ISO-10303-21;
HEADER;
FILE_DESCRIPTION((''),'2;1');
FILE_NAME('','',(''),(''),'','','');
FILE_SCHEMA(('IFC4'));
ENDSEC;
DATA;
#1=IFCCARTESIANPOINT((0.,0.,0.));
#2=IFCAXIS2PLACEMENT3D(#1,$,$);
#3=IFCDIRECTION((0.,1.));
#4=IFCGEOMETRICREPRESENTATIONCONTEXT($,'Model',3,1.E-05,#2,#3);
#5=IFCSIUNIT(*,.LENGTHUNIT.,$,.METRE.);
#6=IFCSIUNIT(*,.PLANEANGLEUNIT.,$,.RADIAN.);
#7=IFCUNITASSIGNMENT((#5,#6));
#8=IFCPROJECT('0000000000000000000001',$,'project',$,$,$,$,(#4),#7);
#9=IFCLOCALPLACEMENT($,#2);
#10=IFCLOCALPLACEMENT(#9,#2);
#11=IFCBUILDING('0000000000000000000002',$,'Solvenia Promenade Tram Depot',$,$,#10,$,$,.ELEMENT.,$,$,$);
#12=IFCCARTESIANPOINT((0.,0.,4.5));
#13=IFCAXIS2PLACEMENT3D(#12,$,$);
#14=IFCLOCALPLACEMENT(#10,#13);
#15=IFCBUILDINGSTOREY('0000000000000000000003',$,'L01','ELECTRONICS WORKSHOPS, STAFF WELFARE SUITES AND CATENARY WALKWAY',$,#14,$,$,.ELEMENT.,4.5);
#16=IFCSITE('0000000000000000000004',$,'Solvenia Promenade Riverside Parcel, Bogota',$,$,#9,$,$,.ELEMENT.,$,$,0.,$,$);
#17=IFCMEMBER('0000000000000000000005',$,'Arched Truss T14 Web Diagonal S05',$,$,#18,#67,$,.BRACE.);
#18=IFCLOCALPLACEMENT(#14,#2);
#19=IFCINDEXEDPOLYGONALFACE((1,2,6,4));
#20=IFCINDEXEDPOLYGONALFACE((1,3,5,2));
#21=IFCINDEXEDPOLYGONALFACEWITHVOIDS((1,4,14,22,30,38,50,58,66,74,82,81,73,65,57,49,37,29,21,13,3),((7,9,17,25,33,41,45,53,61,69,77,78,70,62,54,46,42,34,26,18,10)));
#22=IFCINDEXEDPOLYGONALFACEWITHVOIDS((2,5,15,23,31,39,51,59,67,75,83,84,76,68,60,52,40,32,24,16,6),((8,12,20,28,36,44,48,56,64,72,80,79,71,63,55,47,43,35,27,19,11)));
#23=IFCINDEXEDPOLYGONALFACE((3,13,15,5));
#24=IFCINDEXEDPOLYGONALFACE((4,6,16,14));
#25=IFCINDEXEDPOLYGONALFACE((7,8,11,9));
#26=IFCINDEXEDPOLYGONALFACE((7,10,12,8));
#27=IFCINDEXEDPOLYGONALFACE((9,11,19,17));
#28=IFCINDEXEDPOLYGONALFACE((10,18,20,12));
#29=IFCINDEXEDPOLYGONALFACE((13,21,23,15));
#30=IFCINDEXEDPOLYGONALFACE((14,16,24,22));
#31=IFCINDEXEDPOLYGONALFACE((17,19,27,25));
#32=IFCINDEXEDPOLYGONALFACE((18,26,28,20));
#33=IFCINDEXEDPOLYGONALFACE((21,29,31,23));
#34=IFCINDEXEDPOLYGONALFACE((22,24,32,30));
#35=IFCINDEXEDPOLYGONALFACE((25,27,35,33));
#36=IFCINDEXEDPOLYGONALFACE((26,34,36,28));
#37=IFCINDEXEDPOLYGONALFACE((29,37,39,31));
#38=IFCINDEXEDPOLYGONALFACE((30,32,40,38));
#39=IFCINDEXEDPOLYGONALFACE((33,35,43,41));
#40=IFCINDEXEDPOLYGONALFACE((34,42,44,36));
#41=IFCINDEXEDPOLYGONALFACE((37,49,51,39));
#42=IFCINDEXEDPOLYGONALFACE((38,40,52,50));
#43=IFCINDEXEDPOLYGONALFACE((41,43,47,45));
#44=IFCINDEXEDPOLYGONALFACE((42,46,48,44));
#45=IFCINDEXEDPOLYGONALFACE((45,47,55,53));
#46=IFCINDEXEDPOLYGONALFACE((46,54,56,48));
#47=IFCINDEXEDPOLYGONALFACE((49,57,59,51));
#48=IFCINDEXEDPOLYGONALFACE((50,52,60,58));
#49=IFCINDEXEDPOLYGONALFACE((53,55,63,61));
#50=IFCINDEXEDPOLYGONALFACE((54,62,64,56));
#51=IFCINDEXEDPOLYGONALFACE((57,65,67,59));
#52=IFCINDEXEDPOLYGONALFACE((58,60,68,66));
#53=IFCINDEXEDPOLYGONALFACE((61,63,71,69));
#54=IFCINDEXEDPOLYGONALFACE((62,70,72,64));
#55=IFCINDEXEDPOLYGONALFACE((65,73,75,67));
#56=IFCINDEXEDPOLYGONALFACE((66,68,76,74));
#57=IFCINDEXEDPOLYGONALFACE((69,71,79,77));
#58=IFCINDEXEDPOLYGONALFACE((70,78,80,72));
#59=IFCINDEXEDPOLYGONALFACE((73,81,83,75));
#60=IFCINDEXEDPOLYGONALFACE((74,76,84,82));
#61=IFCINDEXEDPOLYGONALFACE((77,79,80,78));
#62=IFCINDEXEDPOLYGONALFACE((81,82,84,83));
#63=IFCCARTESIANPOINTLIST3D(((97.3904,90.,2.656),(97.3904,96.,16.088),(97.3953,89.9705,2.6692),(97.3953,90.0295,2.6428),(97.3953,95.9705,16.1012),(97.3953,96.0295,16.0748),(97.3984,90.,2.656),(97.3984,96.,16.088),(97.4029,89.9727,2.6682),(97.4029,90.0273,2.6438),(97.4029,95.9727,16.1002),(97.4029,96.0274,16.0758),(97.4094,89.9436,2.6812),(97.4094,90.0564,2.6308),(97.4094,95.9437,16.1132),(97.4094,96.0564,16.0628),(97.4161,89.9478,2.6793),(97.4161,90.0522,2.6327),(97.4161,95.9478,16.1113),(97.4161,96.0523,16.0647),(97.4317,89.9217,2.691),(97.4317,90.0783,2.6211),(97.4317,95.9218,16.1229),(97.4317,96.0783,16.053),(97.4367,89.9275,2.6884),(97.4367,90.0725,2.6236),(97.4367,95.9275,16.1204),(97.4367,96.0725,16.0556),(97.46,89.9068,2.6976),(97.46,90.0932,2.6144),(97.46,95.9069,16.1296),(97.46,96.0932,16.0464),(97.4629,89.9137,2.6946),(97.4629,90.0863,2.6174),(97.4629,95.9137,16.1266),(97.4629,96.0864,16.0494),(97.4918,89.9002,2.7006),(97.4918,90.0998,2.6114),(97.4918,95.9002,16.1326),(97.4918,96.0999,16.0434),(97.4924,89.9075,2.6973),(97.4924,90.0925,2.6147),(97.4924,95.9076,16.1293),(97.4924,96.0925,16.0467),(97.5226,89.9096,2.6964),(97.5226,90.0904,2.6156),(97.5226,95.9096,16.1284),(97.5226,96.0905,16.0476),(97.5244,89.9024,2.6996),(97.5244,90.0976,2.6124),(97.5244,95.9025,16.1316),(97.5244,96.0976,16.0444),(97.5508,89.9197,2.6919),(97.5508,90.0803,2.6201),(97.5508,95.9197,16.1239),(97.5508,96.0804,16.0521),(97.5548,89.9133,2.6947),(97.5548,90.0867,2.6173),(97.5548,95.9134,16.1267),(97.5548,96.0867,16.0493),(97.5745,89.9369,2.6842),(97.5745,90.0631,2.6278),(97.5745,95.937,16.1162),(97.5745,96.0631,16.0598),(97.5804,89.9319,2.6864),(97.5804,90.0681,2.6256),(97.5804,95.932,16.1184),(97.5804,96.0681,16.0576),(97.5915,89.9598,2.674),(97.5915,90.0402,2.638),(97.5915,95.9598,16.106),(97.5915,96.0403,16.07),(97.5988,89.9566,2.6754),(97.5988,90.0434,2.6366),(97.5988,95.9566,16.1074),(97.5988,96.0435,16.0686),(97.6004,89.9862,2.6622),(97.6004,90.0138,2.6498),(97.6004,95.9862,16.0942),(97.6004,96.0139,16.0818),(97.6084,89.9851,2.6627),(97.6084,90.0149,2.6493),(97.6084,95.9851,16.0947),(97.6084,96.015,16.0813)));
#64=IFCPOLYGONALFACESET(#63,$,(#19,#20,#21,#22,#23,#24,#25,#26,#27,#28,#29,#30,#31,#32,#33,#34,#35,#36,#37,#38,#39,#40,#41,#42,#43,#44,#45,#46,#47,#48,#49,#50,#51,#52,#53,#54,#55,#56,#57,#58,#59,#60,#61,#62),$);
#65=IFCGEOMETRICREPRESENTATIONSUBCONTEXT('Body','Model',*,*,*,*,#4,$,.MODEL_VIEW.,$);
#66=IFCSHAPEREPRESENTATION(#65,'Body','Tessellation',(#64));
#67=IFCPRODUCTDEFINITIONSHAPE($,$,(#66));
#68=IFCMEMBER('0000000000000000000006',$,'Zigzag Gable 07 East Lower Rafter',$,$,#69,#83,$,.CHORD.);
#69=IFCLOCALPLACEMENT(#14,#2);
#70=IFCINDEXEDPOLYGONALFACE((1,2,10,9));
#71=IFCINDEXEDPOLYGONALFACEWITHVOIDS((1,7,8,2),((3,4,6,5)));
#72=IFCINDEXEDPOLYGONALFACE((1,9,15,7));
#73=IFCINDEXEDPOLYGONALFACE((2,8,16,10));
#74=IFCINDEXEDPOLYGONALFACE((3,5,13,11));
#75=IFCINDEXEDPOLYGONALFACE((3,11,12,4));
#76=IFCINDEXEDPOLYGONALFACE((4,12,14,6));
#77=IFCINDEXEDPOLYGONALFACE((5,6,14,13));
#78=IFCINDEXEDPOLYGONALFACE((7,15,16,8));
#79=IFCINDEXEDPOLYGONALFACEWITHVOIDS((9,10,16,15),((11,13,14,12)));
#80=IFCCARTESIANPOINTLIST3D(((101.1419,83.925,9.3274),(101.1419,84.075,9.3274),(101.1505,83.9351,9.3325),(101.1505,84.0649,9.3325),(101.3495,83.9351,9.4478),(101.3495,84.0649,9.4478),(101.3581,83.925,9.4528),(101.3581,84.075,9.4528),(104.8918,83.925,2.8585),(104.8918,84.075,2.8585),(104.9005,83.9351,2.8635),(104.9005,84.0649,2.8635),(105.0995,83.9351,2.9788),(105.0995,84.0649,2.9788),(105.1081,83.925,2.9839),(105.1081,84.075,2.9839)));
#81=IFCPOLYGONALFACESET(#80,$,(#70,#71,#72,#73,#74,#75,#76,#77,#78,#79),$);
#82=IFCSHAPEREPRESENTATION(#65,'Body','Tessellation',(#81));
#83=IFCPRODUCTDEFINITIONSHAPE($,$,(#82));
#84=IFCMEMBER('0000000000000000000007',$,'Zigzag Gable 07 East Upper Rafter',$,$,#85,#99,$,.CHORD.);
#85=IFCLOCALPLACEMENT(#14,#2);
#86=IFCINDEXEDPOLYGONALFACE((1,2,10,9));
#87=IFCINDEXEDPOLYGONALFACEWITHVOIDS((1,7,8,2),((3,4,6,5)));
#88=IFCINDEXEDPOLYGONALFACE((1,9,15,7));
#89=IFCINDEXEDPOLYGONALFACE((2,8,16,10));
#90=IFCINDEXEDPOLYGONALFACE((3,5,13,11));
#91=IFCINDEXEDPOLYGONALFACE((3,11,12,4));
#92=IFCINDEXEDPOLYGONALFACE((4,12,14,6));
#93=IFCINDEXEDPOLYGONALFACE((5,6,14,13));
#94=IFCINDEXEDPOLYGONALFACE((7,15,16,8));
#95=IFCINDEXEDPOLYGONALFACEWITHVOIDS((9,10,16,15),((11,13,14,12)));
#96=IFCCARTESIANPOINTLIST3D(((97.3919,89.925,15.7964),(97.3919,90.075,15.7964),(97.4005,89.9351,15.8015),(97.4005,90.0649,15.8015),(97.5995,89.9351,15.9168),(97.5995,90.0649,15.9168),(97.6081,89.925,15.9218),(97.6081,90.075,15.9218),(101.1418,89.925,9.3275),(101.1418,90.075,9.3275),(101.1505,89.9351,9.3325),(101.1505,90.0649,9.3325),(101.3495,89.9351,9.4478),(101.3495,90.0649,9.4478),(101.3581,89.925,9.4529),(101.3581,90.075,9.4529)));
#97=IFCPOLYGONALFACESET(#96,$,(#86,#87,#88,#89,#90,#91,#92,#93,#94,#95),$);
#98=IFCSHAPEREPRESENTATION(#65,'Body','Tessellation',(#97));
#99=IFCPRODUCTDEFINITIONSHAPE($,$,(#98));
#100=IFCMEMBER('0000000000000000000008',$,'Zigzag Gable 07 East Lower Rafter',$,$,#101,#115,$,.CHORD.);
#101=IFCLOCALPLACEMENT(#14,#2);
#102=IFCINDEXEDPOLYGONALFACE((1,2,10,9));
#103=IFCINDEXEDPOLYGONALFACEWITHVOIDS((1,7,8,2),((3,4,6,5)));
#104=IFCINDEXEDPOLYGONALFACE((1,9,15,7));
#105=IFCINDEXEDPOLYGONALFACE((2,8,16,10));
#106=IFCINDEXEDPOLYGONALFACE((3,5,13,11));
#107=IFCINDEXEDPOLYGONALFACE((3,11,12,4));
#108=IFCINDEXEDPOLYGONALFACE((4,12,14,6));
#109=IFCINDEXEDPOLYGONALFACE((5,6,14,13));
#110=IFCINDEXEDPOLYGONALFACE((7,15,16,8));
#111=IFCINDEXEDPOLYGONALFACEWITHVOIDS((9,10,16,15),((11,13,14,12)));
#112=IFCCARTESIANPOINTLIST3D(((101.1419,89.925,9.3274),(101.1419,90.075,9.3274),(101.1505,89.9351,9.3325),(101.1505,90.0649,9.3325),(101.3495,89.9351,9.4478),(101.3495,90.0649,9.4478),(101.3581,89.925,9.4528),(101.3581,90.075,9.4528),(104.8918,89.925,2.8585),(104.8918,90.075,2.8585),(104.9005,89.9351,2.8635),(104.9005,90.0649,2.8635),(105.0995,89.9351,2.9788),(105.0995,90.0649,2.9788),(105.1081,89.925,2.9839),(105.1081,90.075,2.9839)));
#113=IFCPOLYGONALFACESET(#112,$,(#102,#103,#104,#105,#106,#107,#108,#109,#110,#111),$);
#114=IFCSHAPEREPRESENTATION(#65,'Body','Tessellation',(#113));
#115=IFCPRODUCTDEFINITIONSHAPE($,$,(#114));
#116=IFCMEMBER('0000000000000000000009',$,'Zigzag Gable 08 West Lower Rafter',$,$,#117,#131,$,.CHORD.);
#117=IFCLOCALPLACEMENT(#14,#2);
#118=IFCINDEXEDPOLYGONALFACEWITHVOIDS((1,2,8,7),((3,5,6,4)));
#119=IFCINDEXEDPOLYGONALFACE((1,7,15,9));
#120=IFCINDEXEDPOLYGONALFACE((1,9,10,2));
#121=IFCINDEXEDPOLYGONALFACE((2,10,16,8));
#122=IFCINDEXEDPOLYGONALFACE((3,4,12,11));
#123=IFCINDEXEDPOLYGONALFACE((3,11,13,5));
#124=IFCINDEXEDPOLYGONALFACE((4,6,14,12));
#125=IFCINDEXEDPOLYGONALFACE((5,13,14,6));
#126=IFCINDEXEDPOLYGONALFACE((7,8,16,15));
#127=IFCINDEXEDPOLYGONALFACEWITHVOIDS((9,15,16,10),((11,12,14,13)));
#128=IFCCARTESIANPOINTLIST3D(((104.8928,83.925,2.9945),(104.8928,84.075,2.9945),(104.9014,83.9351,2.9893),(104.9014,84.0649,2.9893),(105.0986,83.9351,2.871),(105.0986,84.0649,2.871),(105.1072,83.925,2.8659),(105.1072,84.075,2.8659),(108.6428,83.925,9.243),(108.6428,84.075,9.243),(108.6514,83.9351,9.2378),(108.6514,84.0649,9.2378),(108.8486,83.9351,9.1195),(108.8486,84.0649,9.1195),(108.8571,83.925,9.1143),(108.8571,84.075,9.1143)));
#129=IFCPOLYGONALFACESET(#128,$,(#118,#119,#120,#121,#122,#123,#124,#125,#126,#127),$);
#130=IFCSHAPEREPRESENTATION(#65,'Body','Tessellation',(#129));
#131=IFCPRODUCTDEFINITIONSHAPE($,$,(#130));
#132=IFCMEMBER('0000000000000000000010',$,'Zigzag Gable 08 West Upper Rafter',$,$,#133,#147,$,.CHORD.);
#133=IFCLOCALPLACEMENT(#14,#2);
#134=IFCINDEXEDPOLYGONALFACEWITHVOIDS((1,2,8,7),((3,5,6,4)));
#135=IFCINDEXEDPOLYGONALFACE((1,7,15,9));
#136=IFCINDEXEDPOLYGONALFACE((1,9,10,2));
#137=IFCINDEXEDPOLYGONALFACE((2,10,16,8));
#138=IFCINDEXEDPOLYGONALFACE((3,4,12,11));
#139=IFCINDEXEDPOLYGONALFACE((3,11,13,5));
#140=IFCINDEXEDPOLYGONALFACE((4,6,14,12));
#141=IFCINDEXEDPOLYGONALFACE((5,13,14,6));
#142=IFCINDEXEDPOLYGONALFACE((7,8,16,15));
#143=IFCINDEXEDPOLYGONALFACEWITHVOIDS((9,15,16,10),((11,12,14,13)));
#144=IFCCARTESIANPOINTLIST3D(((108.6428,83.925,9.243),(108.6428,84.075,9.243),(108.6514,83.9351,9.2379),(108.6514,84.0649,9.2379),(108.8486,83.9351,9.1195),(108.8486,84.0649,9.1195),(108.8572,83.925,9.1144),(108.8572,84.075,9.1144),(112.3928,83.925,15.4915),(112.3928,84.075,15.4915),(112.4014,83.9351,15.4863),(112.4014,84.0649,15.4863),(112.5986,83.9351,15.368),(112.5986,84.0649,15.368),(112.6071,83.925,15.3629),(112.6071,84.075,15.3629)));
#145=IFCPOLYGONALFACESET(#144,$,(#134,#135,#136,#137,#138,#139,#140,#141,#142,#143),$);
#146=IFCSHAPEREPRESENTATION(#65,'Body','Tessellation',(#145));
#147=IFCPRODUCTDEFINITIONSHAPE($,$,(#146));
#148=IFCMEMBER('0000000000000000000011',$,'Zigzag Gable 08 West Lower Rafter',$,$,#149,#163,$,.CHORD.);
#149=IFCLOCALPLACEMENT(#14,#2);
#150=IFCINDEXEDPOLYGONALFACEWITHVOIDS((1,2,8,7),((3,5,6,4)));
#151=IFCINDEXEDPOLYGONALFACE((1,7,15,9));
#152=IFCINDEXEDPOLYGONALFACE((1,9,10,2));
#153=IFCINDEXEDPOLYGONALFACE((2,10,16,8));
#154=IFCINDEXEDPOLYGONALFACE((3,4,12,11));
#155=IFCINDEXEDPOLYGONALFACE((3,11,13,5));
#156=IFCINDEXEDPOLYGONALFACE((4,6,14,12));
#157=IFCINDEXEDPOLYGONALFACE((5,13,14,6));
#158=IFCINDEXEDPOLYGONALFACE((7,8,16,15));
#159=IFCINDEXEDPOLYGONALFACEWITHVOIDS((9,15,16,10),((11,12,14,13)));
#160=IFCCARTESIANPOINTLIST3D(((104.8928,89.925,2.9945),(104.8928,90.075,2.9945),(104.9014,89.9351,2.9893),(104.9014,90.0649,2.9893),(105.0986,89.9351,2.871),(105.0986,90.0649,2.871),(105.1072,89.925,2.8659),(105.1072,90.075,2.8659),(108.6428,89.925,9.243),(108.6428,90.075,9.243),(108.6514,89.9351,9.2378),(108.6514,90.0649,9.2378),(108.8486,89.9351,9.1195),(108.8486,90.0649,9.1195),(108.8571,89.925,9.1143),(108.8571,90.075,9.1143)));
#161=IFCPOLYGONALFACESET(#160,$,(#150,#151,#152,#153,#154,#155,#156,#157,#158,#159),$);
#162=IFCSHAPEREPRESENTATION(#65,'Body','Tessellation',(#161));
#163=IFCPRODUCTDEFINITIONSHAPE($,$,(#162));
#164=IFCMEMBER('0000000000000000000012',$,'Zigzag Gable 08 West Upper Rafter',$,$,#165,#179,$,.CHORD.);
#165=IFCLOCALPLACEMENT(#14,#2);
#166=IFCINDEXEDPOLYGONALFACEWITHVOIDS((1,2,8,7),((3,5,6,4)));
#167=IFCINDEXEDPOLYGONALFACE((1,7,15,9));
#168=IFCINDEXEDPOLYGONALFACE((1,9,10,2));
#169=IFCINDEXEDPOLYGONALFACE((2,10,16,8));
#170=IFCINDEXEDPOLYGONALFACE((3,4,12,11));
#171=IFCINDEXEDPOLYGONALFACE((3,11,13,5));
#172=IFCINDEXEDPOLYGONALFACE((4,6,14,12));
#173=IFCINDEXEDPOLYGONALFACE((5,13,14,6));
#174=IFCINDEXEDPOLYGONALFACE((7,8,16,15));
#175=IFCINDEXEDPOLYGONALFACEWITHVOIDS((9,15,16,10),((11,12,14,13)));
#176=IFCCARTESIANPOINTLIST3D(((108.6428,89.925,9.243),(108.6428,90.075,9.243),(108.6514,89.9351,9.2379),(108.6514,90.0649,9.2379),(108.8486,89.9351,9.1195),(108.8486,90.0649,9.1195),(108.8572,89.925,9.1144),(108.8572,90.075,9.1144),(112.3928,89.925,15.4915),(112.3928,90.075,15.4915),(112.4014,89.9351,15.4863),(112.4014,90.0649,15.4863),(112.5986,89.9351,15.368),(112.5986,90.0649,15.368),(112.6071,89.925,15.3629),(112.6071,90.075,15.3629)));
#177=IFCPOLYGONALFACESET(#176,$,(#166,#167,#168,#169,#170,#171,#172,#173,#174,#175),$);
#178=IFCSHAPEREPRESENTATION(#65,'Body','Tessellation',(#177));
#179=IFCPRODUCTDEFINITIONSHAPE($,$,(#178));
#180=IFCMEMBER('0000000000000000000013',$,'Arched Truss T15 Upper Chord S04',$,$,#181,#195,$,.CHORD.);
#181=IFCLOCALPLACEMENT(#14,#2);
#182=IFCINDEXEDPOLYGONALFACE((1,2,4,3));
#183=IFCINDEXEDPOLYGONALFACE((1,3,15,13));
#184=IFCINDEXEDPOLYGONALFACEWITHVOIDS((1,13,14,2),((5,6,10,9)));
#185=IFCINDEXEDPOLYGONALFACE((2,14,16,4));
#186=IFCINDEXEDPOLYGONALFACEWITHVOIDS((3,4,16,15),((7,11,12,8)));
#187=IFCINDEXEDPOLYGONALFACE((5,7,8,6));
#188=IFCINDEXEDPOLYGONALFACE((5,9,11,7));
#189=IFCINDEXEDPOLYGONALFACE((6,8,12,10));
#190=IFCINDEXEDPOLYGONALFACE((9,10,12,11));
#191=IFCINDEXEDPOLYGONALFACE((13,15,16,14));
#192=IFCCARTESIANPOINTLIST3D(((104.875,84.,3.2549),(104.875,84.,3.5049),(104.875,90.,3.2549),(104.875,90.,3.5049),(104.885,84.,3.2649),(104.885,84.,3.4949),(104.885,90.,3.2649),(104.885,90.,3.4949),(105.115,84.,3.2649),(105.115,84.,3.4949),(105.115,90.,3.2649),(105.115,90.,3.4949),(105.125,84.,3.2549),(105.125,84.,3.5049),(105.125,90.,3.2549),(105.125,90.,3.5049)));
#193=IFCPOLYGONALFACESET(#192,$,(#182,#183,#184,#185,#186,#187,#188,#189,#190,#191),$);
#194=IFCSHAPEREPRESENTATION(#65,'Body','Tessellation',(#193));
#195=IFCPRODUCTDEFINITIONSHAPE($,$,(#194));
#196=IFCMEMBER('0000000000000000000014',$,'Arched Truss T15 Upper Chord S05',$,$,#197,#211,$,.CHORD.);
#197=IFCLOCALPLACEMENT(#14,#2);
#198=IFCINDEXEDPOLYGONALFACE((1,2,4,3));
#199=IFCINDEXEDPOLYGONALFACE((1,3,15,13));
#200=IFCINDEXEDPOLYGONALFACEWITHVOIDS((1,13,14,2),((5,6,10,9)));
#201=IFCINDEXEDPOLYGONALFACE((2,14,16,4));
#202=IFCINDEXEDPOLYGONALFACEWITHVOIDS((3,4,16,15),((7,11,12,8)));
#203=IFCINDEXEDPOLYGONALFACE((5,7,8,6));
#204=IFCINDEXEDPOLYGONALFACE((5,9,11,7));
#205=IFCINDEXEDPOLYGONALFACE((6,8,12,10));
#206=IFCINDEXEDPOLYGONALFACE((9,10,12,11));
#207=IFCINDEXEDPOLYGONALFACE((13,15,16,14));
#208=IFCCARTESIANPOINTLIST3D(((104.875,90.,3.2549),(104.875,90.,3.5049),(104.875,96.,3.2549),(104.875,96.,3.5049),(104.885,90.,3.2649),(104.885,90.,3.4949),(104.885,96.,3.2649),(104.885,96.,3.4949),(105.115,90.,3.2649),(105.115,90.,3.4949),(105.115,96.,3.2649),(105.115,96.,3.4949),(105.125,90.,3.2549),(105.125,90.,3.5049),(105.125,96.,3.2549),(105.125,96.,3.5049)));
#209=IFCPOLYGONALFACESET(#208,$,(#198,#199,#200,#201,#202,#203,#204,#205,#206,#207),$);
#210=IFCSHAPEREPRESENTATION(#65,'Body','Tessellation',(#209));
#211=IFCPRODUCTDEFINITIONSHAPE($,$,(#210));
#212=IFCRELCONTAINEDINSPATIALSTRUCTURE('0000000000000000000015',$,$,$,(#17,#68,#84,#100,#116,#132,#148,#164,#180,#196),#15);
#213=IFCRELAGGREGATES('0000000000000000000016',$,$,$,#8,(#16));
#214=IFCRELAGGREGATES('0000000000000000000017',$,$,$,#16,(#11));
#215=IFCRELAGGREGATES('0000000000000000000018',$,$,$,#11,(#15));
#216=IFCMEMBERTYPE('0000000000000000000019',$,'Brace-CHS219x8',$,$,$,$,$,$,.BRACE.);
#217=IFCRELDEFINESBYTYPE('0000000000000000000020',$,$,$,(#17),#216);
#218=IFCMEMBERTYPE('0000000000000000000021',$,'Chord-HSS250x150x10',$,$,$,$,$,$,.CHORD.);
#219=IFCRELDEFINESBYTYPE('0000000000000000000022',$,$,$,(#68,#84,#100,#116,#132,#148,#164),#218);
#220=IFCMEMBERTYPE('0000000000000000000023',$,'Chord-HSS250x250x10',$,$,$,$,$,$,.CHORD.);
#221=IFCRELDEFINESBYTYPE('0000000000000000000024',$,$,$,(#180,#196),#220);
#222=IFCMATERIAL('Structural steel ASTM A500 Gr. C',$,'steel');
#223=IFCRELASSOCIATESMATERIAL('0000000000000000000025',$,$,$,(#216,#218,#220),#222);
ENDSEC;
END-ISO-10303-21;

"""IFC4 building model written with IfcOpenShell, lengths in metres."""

from ifc_helpers import new_model, si_unit, direction, frame, origin, origin_2d, place, context, subcontext, project, spatial, hollow_rectangle, hollow_circle, extrude, material, material_profile, profile_set, type_object, element, save


model = new_model("IFC4")

# Units and contexts
model_context = context("Model", 3, precision=1e-05, world=origin(), true_north=direction((0.0, 1.0)))
body_context = subcontext(model_context, "Body", "Model", "MODEL_VIEW")
ifc_project = project(units=[si_unit("LENGTHUNIT", "METRE"), si_unit("PLANEANGLEUNIT", "RADIAN")], contexts=[model_context])

# Site, building, storey
site_placement = place(None, origin())
site = spatial("IfcSite", under=ifc_project, at=site_placement, Name="Solvenia Promenade Riverside Parcel, Bogota", CompositionType="ELEMENT", RefElevation=0.0)
building_placement = place(site_placement, origin())
building = spatial("IfcBuilding", under=site, at=building_placement, Name="Solvenia Promenade Tram Depot", CompositionType="ELEMENT")
storey_placement = place(building_placement, frame((0.0, 0.0, 4.5)))
storey = spatial("IfcBuildingStorey", under=building, at=storey_placement, Name="L01", Description="ELECTRONICS WORKSHOPS, STAFF WELFARE SUITES AND CATENARY WALKWAY", CompositionType="ELEMENT", Elevation=4.5)

# Members
ifc_material_1 = material(Name="Structural steel ASTM A500 Gr. C", Category="steel")
ifc_material_profile_1 = material_profile(ifc_material_1, hollow_circle(Radius=0.1096, WallThickness=0.0081, at=origin_2d()), Name="CHS219.1x8", Category="steel")
ifc_profile_set_1 = profile_set([ifc_material_profile_1], Name="Structural steel ASTM A500 Gr. C")
member_type_1 = type_object("IfcMemberType", Name="Brace-CHS219x8", PredefinedType="BRACE", material=ifc_profile_set_1)
member_1_placement = place(storey_placement, frame((97.5, 90.0, 2.656), z_axis=(0.0, 0.407856, 0.913046), x_axis=(-1.0, 0.0, 0.0)))
element("IfcMember", 1, at=member_1_placement, inside=storey, type_object=member_type_1, Name="Arched Truss T14 Web Diagonal S05", PredefinedType="BRACE", context=body_context, shape_type="SweptSolid", body=[
    extrude(hollow_circle(Radius=0.1096, WallThickness=0.0081, at=origin_2d()), origin(), (0.0, 0.0, 1.0), 14.7112),
])
ifc_material_profile_2 = material_profile(ifc_material_1, hollow_rectangle(XDim=0.1499, YDim=0.25, WallThickness=0.01, at=origin_2d()), Name="HSS250x150x10", Category="steel")
ifc_profile_set_2 = profile_set([ifc_material_profile_2], Name="Structural steel ASTM A500 Gr. C")
member_type_2 = type_object("IfcMemberType", Name="Chord-HSS250x150x10", PredefinedType="CHORD", material=ifc_profile_set_2)
for number, where, z_axis, x_axis, name in (
    (2, (101.25, 84.0, 9.3901), (0.501516, 0.0, -0.865148), (0.0, 1.0, 0.0), "Zigzag Gable 07 East Lower Rafter"),
    (3, (97.5, 90.0, 15.8591), (0.501516, 0.0, -0.865148), (0.0, 1.0, 0.0), "Zigzag Gable 07 East Upper Rafter"),
    (4, (101.25, 90.0, 9.3901), (0.501516, 0.0, -0.865148), (0.0, 1.0, 0.0), "Zigzag Gable 07 East Lower Rafter"),
):
    element("IfcMember", number, at=place(storey_placement, frame(where, z_axis=z_axis, x_axis=x_axis)), inside=storey, type_object=member_type_2, Name=name, PredefinedType="CHORD", context=body_context, shape_type="SweptSolid", body=[
        extrude(hollow_rectangle(XDim=0.1499, YDim=0.25, WallThickness=0.01, at=origin_2d()), origin(), (0.0, 0.0, 1.0), 7.4773),
    ])
for number, where, z_axis, x_axis, name in (
    (5, (105.0, 84.0, 2.9302), (0.514584, 0.0, 0.85744), (0.0, 1.0, 0.0), "Zigzag Gable 08 West Lower Rafter"),
    (6, (108.75, 84.0, 9.1787), (0.514584, 0.0, 0.85744), (0.0, 1.0, 0.0), "Zigzag Gable 08 West Upper Rafter"),
    (7, (105.0, 90.0, 2.9302), (0.514584, 0.0, 0.85744), (0.0, 1.0, 0.0), "Zigzag Gable 08 West Lower Rafter"),
    (8, (108.75, 90.0, 9.1787), (0.514584, 0.0, 0.85744), (0.0, 1.0, 0.0), "Zigzag Gable 08 West Upper Rafter"),
):
    element("IfcMember", number, at=place(storey_placement, frame(where, z_axis=z_axis, x_axis=x_axis)), inside=storey, type_object=member_type_2, Name=name, PredefinedType="CHORD", context=body_context, shape_type="SweptSolid", body=[
        extrude(hollow_rectangle(XDim=0.1499, YDim=0.25, WallThickness=0.01, at=origin_2d()), origin(), (0.0, 0.0, 1.0), 7.2874),
    ])
ifc_material_profile_3 = material_profile(ifc_material_1, hollow_rectangle(XDim=0.25, YDim=0.25, WallThickness=0.01, at=origin_2d()), Name="HSS250x250x10", Category="steel")
ifc_profile_set_3 = profile_set([ifc_material_profile_3], Name="Structural steel ASTM A500 Gr. C")
member_type_3 = type_object("IfcMemberType", Name="Chord-HSS250x250x10", PredefinedType="CHORD", material=ifc_profile_set_3)
for number, where, z_axis, x_axis, name in (
    (9, (105.0, 84.0, 3.3799), (0.0, 1.0, 0.0), (-1.0, 0.0, 0.0), "Arched Truss T15 Upper Chord S04"),
    (10, (105.0, 90.0, 3.3799), (0.0, 1.0, 0.0), (-1.0, 0.0, 0.0), "Arched Truss T15 Upper Chord S05"),
):
    element("IfcMember", number, at=place(storey_placement, frame(where, z_axis=z_axis, x_axis=x_axis)), inside=storey, type_object=member_type_3, Name=name, PredefinedType="CHORD", context=body_context, shape_type="SweptSolid", body=[
        extrude(hollow_rectangle(XDim=0.25, YDim=0.25, WallThickness=0.01, at=origin_2d()), origin(), (0.0, 0.0, 1.0), 6.0),
    ])

save(model, "model.ifc")
